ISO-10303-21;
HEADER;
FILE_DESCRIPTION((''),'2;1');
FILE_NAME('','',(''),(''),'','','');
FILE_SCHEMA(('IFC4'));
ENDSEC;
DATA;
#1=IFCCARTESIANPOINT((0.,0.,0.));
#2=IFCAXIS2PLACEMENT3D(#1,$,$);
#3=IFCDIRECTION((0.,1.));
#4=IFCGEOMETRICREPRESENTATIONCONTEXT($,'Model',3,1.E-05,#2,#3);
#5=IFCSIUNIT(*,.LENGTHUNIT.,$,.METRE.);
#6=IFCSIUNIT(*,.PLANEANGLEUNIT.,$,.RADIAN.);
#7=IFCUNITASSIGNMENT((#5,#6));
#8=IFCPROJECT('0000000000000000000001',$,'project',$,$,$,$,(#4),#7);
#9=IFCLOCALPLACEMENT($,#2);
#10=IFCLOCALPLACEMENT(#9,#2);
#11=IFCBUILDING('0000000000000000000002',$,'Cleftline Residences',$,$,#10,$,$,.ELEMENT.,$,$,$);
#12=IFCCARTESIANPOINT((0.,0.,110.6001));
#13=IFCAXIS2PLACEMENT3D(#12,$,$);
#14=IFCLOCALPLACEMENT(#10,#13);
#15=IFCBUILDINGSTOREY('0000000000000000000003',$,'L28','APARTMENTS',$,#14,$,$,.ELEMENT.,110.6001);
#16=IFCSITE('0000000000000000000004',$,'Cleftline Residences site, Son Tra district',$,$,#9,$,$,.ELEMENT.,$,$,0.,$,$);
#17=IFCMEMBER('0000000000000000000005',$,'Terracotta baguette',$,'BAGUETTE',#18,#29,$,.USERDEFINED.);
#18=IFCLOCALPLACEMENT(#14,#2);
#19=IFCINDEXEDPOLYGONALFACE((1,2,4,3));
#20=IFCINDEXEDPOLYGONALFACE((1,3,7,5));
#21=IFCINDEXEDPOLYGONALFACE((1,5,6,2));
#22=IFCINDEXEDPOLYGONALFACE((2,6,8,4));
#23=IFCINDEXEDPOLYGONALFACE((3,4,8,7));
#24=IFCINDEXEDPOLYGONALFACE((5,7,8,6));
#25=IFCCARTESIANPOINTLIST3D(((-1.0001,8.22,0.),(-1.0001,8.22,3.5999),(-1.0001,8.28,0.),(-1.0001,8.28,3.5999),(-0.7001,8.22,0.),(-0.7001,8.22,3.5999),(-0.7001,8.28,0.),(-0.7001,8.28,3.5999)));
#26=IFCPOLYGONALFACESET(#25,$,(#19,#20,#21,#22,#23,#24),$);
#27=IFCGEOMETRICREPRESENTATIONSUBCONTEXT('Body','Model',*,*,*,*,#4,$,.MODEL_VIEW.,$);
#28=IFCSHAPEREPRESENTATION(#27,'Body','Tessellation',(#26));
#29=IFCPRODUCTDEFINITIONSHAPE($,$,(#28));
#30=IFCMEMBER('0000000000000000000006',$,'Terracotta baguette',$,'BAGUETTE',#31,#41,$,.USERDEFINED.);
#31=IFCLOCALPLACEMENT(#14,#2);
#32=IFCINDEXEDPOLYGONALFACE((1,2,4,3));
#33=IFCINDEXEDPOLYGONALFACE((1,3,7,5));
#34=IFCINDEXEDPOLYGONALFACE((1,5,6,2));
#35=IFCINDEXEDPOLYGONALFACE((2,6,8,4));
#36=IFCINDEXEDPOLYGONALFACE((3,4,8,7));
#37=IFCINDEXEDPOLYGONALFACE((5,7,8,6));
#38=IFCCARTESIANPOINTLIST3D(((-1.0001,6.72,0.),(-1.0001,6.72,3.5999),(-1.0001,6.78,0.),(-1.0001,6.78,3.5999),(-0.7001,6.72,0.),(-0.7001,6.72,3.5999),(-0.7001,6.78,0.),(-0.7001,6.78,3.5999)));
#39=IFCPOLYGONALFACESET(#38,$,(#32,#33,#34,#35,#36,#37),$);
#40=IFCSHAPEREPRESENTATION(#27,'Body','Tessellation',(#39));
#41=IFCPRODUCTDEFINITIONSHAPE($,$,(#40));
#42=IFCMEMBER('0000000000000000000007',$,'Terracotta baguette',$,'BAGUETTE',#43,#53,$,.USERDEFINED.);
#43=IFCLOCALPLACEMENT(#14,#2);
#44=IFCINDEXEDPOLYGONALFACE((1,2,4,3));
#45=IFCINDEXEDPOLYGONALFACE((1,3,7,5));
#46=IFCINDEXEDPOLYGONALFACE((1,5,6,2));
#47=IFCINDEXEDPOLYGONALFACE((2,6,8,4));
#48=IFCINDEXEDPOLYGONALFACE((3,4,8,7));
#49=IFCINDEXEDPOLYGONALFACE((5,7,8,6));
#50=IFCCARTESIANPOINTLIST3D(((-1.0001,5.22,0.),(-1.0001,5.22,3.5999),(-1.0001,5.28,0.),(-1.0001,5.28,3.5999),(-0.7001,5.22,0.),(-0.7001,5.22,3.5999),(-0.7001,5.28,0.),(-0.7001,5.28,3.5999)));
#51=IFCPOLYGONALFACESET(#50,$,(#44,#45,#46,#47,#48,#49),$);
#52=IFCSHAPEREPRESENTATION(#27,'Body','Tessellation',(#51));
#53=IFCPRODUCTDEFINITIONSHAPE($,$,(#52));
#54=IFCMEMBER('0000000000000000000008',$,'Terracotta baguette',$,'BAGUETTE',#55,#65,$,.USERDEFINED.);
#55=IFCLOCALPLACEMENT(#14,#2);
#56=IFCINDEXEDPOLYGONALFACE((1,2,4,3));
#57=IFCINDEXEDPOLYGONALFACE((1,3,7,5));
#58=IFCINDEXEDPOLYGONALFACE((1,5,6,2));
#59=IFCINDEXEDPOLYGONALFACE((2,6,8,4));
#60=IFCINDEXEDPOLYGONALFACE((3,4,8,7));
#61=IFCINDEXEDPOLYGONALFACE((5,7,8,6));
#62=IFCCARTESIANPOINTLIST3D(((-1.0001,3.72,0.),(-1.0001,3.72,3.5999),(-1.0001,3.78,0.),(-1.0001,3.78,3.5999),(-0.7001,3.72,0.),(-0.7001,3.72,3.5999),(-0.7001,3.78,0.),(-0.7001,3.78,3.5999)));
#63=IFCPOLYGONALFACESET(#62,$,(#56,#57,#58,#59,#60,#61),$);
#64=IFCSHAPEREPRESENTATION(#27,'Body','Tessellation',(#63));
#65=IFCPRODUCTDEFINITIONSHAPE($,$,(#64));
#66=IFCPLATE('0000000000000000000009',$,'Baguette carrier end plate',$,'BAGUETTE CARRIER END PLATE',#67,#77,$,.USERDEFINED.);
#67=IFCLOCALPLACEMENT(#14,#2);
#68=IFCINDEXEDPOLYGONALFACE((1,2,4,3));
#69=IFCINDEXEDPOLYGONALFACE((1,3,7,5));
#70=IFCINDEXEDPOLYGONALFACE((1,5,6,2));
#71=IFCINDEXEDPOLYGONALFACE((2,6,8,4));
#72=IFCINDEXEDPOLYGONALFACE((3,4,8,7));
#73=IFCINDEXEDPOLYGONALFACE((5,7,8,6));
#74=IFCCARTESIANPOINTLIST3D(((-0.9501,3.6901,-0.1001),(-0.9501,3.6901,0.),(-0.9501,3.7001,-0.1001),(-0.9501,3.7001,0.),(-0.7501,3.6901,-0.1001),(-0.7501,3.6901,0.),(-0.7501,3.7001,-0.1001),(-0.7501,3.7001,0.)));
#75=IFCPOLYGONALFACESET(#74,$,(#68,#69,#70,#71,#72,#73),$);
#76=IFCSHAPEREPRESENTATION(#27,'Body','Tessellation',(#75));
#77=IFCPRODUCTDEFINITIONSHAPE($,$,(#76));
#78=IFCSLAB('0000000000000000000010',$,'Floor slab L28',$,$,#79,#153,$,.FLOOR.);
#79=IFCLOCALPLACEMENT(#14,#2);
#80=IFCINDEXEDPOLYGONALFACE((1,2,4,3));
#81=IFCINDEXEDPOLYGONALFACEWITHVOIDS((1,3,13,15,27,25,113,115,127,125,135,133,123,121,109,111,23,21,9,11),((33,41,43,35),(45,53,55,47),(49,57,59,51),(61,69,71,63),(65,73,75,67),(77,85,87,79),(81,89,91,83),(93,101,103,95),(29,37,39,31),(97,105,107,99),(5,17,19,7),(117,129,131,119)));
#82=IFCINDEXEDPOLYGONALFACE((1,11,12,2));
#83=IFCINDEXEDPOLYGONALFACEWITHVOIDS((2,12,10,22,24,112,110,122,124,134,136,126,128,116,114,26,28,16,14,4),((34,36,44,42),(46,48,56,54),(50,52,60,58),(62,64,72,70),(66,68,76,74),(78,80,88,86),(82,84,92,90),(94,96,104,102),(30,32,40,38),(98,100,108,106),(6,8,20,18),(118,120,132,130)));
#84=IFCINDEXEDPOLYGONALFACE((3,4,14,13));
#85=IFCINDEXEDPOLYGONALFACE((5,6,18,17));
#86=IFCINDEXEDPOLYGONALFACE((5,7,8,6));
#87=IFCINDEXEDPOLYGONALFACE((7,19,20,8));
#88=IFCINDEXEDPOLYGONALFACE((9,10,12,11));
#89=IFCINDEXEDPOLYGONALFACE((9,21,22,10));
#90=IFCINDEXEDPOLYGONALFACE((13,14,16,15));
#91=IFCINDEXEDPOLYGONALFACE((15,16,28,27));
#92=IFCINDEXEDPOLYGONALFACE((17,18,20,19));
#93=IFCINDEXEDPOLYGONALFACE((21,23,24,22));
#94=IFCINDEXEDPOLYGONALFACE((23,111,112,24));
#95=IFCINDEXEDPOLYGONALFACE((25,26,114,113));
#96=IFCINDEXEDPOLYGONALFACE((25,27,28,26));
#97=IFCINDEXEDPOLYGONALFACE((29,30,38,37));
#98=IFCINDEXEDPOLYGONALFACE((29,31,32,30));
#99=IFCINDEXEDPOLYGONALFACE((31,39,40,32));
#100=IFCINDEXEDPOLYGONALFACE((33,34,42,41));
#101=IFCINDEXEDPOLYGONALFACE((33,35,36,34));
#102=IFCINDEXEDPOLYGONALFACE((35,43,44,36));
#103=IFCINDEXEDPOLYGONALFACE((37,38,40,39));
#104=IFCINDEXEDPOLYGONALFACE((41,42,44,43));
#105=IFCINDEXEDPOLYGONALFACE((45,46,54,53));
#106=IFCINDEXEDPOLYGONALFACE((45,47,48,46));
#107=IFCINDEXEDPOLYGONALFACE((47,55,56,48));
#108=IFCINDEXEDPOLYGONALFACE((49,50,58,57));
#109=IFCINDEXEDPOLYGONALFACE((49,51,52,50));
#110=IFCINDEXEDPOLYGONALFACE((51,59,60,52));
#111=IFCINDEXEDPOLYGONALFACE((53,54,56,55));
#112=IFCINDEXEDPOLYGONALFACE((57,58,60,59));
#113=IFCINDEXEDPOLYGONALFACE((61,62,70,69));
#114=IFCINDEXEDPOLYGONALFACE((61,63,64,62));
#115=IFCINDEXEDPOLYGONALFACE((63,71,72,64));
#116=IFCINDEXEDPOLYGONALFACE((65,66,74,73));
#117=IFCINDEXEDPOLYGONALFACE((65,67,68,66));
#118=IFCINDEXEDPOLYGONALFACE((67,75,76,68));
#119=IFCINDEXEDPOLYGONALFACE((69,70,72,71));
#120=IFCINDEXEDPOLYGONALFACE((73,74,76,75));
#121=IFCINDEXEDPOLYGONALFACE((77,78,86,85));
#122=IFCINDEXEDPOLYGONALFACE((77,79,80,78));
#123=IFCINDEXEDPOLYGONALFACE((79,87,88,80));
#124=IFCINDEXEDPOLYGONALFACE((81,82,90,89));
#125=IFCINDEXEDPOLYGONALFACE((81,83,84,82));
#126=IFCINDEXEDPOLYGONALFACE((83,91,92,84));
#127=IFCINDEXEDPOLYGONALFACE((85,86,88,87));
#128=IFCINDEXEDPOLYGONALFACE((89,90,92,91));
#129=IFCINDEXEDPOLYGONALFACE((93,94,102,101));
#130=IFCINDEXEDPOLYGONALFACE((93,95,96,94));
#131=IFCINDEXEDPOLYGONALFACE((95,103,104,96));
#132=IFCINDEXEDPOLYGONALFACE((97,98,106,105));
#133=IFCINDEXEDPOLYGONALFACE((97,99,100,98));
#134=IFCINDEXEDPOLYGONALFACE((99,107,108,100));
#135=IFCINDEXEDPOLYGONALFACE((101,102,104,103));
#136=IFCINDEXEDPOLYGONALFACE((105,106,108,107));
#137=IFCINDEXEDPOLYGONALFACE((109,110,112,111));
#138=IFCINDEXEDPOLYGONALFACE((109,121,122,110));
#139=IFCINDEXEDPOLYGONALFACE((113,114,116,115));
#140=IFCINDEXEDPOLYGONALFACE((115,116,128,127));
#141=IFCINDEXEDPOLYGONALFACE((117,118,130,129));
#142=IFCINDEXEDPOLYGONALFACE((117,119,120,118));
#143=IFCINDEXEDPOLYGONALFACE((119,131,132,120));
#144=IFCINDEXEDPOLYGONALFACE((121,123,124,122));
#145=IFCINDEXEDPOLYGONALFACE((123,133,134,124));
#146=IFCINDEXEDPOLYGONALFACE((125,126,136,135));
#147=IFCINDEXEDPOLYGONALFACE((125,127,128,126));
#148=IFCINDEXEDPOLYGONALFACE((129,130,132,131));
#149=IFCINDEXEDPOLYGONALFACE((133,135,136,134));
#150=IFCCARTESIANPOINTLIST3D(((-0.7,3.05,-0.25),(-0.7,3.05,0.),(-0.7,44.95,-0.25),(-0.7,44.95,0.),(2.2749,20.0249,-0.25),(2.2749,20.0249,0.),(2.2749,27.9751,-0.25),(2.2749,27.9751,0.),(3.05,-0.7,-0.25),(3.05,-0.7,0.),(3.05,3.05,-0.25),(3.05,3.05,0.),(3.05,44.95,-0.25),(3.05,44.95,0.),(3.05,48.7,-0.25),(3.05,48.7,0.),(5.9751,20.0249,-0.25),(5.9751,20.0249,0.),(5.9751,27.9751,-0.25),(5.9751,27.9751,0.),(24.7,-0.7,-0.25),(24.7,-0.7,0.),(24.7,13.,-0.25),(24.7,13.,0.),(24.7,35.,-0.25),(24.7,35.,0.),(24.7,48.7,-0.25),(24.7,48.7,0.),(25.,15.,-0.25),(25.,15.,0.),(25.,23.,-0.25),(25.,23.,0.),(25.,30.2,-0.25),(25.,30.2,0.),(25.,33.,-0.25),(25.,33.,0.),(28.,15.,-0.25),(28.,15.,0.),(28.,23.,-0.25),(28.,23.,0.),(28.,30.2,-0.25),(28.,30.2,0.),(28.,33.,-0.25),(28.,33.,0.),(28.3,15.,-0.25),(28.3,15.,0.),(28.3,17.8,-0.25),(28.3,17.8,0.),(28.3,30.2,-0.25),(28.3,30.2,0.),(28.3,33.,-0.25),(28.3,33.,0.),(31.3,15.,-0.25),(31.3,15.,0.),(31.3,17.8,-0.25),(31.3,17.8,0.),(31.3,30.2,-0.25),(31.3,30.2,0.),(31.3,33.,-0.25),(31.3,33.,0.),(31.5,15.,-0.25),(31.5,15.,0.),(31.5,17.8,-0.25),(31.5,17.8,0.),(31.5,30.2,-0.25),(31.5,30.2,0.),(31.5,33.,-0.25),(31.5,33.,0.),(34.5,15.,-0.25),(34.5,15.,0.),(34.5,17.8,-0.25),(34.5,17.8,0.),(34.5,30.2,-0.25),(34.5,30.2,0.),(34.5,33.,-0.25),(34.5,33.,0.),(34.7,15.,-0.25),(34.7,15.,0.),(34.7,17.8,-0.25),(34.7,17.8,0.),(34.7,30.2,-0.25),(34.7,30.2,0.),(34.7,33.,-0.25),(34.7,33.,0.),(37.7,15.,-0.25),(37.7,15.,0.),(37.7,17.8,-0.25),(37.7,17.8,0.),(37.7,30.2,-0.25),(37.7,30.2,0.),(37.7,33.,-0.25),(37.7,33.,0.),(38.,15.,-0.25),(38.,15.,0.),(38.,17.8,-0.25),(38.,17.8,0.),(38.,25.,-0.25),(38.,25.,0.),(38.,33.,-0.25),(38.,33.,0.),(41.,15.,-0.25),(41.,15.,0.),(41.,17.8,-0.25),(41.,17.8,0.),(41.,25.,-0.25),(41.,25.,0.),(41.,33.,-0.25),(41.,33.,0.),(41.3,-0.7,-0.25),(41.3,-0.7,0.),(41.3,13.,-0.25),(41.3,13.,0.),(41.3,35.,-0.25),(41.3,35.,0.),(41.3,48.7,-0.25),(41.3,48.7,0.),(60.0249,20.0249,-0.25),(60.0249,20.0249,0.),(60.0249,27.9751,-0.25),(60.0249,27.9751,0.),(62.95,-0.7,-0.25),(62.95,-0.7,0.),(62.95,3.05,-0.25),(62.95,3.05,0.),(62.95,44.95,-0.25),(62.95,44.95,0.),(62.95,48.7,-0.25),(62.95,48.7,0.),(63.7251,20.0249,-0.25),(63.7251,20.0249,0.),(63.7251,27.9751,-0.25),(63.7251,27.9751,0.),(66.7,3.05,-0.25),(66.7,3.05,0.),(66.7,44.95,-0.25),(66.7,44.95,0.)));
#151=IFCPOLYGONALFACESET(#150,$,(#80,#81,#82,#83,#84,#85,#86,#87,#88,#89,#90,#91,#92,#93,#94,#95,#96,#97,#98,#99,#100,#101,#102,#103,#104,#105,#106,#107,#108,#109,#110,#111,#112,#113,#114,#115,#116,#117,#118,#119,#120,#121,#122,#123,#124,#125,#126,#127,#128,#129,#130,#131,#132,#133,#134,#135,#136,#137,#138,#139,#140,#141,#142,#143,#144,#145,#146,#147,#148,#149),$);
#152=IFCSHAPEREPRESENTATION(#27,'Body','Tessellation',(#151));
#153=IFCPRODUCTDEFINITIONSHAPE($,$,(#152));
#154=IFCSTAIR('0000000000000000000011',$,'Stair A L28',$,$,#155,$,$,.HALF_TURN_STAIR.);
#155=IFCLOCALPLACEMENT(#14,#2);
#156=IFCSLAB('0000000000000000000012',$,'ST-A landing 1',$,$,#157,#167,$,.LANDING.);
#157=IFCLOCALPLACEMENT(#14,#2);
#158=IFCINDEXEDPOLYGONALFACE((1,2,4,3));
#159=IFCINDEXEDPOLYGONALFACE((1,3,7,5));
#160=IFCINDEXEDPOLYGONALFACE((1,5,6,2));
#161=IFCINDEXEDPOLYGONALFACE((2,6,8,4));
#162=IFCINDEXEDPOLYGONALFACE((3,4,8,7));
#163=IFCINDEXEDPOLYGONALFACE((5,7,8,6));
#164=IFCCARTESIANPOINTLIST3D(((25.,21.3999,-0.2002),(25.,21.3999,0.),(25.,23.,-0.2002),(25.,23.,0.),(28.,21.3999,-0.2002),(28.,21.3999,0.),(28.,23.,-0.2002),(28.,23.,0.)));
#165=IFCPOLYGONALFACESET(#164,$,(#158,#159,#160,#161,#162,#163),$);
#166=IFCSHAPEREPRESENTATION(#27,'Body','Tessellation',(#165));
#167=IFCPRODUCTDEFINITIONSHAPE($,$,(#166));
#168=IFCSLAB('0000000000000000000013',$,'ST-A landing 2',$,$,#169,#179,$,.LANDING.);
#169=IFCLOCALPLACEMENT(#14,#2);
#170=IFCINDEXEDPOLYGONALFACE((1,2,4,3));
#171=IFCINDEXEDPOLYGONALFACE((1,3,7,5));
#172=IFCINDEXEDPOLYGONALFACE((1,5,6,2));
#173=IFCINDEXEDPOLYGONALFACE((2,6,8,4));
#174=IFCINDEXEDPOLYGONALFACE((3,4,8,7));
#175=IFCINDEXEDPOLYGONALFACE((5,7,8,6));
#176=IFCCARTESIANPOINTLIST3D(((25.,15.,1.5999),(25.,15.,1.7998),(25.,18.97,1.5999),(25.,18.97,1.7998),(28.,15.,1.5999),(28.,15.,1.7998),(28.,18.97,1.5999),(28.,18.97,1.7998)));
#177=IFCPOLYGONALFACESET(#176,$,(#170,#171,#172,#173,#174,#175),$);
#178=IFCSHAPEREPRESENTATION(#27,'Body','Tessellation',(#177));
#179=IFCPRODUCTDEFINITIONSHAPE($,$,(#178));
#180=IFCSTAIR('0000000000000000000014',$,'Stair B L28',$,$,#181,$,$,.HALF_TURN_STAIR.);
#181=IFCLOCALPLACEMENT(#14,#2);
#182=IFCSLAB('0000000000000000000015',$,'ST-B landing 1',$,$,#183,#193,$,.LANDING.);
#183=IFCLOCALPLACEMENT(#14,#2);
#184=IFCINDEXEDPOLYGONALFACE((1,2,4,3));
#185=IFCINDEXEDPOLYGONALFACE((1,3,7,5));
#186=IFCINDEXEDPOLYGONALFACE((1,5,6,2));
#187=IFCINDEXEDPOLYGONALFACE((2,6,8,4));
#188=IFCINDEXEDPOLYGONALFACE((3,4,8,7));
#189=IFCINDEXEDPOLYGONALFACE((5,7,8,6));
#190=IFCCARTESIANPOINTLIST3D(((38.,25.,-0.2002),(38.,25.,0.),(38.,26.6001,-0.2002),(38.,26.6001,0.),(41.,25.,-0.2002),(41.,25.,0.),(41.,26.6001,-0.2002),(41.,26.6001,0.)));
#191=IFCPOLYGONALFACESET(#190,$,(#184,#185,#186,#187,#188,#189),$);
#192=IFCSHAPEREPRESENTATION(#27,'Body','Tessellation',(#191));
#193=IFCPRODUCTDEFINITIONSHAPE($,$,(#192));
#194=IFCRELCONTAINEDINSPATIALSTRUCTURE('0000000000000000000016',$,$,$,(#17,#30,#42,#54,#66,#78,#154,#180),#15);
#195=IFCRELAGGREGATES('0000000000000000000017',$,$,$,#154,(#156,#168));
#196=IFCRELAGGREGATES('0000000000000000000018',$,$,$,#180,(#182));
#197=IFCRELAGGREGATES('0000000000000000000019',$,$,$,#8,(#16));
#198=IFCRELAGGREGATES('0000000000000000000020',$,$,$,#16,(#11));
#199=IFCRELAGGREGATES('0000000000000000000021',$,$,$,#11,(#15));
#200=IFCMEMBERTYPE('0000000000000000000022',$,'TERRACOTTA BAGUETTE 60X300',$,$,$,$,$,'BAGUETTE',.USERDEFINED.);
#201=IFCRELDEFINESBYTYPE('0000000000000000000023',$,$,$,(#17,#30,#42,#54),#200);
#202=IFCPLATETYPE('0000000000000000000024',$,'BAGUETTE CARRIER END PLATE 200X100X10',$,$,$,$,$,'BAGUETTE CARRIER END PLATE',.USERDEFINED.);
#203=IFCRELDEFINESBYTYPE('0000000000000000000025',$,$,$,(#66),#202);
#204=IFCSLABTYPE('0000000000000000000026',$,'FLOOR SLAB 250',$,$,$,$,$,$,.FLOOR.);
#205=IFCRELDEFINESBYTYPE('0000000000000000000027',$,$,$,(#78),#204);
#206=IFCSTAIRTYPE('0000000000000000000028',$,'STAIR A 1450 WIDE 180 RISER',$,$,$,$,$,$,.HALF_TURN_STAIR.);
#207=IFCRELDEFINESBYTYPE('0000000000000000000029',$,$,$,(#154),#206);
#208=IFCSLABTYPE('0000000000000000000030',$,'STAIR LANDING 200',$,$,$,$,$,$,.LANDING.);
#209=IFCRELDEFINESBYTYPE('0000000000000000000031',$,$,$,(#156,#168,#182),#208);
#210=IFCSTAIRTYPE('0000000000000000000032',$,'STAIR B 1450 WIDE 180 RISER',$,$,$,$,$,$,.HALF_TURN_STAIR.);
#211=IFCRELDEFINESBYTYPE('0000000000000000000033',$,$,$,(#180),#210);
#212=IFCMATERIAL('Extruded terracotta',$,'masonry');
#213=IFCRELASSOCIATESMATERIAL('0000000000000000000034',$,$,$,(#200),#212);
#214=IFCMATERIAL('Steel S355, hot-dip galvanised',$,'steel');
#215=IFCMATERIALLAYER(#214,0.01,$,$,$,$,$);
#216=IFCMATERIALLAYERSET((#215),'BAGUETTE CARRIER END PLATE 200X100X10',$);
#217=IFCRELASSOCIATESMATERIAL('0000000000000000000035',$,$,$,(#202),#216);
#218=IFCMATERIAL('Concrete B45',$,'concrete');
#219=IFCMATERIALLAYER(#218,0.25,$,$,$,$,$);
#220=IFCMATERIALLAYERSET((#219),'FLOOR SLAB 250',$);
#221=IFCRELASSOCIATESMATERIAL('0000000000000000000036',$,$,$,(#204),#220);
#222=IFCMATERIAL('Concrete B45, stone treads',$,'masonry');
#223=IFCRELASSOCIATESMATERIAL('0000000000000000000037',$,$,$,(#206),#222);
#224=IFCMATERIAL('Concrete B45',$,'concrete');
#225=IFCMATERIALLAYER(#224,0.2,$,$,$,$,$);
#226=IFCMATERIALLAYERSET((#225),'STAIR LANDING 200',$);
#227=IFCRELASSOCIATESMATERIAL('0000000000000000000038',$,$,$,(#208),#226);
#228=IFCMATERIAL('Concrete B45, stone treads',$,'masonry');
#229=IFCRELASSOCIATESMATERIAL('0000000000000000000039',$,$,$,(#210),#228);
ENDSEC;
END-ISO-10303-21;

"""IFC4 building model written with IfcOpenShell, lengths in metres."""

from ifc_helpers import new_model, si_unit, direction, frame, origin, origin_2d, place, context, subcontext, project, spatial, polyline, rectangle, outline, extrude, material, layer, layer_set, material_profile, profile_set, type_object, element, aggregate, save


model = new_model("IFC4")

# Units and contexts
model_context = context("Model", 3, precision=1e-05, world=origin(), true_north=direction((0.0, 1.0)))
body_context = subcontext(model_context, "Body", "Model", "MODEL_VIEW")
ifc_project = project(units=[si_unit("LENGTHUNIT", "METRE"), si_unit("PLANEANGLEUNIT", "RADIAN")], contexts=[model_context])

# Site, building, storey
site_placement = place(None, origin())
site = spatial("IfcSite", under=ifc_project, at=site_placement, Name="Cleftline Residences site, Son Tra district", CompositionType="ELEMENT", RefElevation=0.0)
building_placement = place(site_placement, origin())
building = spatial("IfcBuilding", under=site, at=building_placement, Name="Cleftline Residences", CompositionType="ELEMENT")
storey_placement = place(building_placement, frame((0.0, 0.0, 110.6001)))
storey = spatial("IfcBuildingStorey", under=building, at=storey_placement, Name="L28", Description="APARTMENTS", CompositionType="ELEMENT", Elevation=110.6001)

# Members
ifc_material_1 = material(Name="Extruded terracotta", Category="masonry")
ifc_material_profile_1 = material_profile(ifc_material_1, rectangle(XDim=0.0601, YDim=0.3, at=origin_2d()))
ifc_profile_set_1 = profile_set([ifc_material_profile_1], Name="Extruded terracotta")
member_type_1 = type_object("IfcMemberType", Name="TERRACOTTA BAGUETTE 60X300", ElementType="BAGUETTE", PredefinedType="USERDEFINED", material=ifc_profile_set_1)
for number, where, z_axis, x_axis, name in (
    (1, (-0.8501, 8.25, 0.0), (0.0, 0.0, 1.0), (0.0, 1.0, 0.0), "Terracotta baguette"),
    (2, (-0.8501, 6.75, 0.0), (0.0, 0.0, 1.0), (0.0, 1.0, 0.0), "Terracotta baguette"),
    (3, (-0.8501, 5.25, 0.0), (0.0, 0.0, 1.0), (0.0, 1.0, 0.0), "Terracotta baguette"),
    (4, (-0.8501, 3.75, 0.0), (0.0, 0.0, 1.0), (0.0, 1.0, 0.0), "Terracotta baguette"),
):
    element("IfcMember", number, at=place(storey_placement, frame(where, z_axis=z_axis, x_axis=x_axis)), inside=storey, type_object=member_type_1, Name=name, ObjectType="BAGUETTE", PredefinedType="USERDEFINED", context=body_context, shape_type="SweptSolid", body=[
        extrude(rectangle(XDim=0.0601, YDim=0.3, at=origin_2d()), origin(), (0.0, 0.0, 1.0), 3.5999),
    ])

# Plate
ifc_material_2 = material(Name="Steel S355, hot-dip galvanised", Category="steel")
ifc_layer_1 = layer(ifc_material_2, 0.01)
ifc_layer_set_1 = layer_set([ifc_layer_1], Name="BAGUETTE CARRIER END PLATE 200X100X10")
plate_type = type_object("IfcPlateType", Name="BAGUETTE CARRIER END PLATE 200X100X10", ElementType="BAGUETTE CARRIER END PLATE", PredefinedType="USERDEFINED", material=ifc_layer_set_1)
plate_placement = place(storey_placement, frame((-0.8501, 3.6951, -0.1001), z_axis=(0.0, 0.0, 1.0), x_axis=(-1.0, 0.0, 0.0)))
element("IfcPlate", 5, at=plate_placement, inside=storey, type_object=plate_type, Name="Baguette carrier end plate", ObjectType="BAGUETTE CARRIER END PLATE", PredefinedType="USERDEFINED", context=body_context, shape_type="SweptSolid", body=[
    extrude(rectangle(XDim=0.2, YDim=0.01, at=origin_2d()), origin(), (0.0, 0.0, 1.0), 0.1001),
])

# Slab
ifc_material_3 = material(Name="Concrete B45", Category="concrete")
ifc_layer_2 = layer(ifc_material_3, 0.25)
ifc_layer_set_2 = layer_set([ifc_layer_2], Name="FLOOR SLAB 250")
slab_type_1 = type_object("IfcSlabType", Name="FLOOR SLAB 250", PredefinedType="FLOOR", material=ifc_layer_set_2)
slab_1_placement = place(storey_placement, frame((0.0, 0.0, -0.25)))
element("IfcSlab", 6, at=slab_1_placement, inside=storey, type_object=slab_type_1, Name="Floor slab L28", PredefinedType="FLOOR", context=body_context, shape_type="SweptSolid", body=[
    extrude(outline(polyline([(24.7, 13.0), (41.3, 13.0), (41.3, -0.7), (62.95, -0.7), (62.95, 3.05), (66.7, 3.05), (66.7, 44.95), (62.95, 44.95), (62.95, 48.7), (41.3, 48.7), (41.3, 35.0), (24.7, 35.0), (24.7, 48.7), (3.05, 48.7), (3.05, 44.95), (-0.7, 44.95), (-0.7, 3.05), (3.05, 3.05), (3.05, -0.7), (24.7, -0.7), (24.7, 13.0)]), holes=[polyline([(28.0, 15.0), (28.0, 23.0), (25.0, 23.0), (25.0, 15.0), (28.0, 15.0)]), polyline([(41.0, 25.0), (41.0, 33.0), (38.0, 33.0), (38.0, 25.0), (41.0, 25.0)]), polyline([(28.0, 30.2), (28.0, 33.0), (25.0, 33.0), (25.0, 30.2), (28.0, 30.2)]), polyline([(41.0, 15.0), (41.0, 17.8), (38.0, 17.8), (38.0, 15.0), (41.0, 15.0)]), polyline([(31.3, 15.0), (31.3, 17.8), (28.3, 17.8), (28.3, 15.0), (31.3, 15.0)]), polyline([(34.5, 15.0), (34.5, 17.8), (31.5, 17.8), (31.5, 15.0), (34.5, 15.0)]), polyline([(37.7, 15.0), (37.7, 17.8), (34.7, 17.8), (34.7, 15.0), (37.7, 15.0)]), polyline([(31.3, 30.2), (31.3, 33.0), (28.3, 33.0), (28.3, 30.2), (31.3, 30.2)]), polyline([(34.5, 30.2), (34.5, 33.0), (31.5, 33.0), (31.5, 30.2), (34.5, 30.2)]), polyline([(37.7, 30.2), (37.7, 33.0), (34.7, 33.0), (34.7, 30.2), (37.7, 30.2)]), polyline([(63.7251, 20.0249), (63.7251, 27.9751), (60.0249, 27.9751), (60.0249, 20.0249), (63.7251, 20.0249)]), polyline([(5.9751, 20.0249), (5.9751, 27.9751), (2.2749, 27.9751), (2.2749, 20.0249), (5.9751, 20.0249)])]), origin(), (0.0, 0.0, 1.0), 0.25),
])

# Stairs, slabs
ifc_material_4 = material(Name="Concrete B45, stone treads", Category="masonry")
stair_type_1 = type_object("IfcStairType", Name="STAIR A 1450 WIDE 180 RISER", PredefinedType="HALF_TURN_STAIR", material=ifc_material_4)
stair_1_placement = place(storey_placement, origin())
stair_1 = element("IfcStair", 7, at=stair_1_placement, inside=storey, type_object=stair_type_1, Name="Stair A L28", PredefinedType="HALF_TURN_STAIR")
ifc_material_5 = material(Name="Concrete B45", Category="concrete")
ifc_layer_3 = layer(ifc_material_5, 0.2)
ifc_layer_set_3 = layer_set([ifc_layer_3], Name="STAIR LANDING 200")
slab_type_2 = type_object("IfcSlabType", Name="STAIR LANDING 200", PredefinedType="LANDING", material=ifc_layer_set_3)
slab_2_placement = place(storey_placement, frame((0.0, 0.0, -0.2002)))
slab_2 = element("IfcSlab", 8, at=slab_2_placement, type_object=slab_type_2, Name="ST-A landing 1", PredefinedType="LANDING", context=body_context, shape_type="SweptSolid", body=[
    extrude(outline(polyline([(25.0, 21.3999), (28.0, 21.3999), (28.0, 23.0), (25.0, 23.0), (25.0, 21.3999)])), origin(), (0.0, 0.0, 1.0), 0.2002),
])
slab_3_placement = place(storey_placement, frame((0.0, 0.0, 1.5999)))
slab_3 = element("IfcSlab", 9, at=slab_3_placement, type_object=slab_type_2, Name="ST-A landing 2", PredefinedType="LANDING", context=body_context, shape_type="SweptSolid", body=[
    extrude(outline(polyline([(25.0, 15.0), (28.0, 15.0), (28.0, 18.97), (25.0, 18.97), (25.0, 15.0)])), origin(), (0.0, 0.0, 1.0), 0.2),
])
aggregate(stair_1, [slab_2, slab_3])
ifc_material_6 = material(Name="Concrete B45, stone treads", Category="masonry")
stair_type_2 = type_object("IfcStairType", Name="STAIR B 1450 WIDE 180 RISER", PredefinedType="HALF_TURN_STAIR", material=ifc_material_6)
stair_2_placement = place(storey_placement, origin())
stair_2 = element("IfcStair", 10, at=stair_2_placement, inside=storey, type_object=stair_type_2, Name="Stair B L28", PredefinedType="HALF_TURN_STAIR")
slab_4_placement = place(storey_placement, frame((0.0, 0.0, -0.2002)))
slab_4 = element("IfcSlab", 11, at=slab_4_placement, type_object=slab_type_2, Name="ST-B landing 1", PredefinedType="LANDING", context=body_context, shape_type="SweptSolid", body=[
    extrude(outline(polyline([(38.0, 25.0), (41.0, 25.0), (41.0, 26.6001), (38.0, 26.6001), (38.0, 25.0)])), origin(), (0.0, 0.0, 1.0), 0.2002),
])
aggregate(stair_2, [slab_4])

save(model, "model.ifc")
